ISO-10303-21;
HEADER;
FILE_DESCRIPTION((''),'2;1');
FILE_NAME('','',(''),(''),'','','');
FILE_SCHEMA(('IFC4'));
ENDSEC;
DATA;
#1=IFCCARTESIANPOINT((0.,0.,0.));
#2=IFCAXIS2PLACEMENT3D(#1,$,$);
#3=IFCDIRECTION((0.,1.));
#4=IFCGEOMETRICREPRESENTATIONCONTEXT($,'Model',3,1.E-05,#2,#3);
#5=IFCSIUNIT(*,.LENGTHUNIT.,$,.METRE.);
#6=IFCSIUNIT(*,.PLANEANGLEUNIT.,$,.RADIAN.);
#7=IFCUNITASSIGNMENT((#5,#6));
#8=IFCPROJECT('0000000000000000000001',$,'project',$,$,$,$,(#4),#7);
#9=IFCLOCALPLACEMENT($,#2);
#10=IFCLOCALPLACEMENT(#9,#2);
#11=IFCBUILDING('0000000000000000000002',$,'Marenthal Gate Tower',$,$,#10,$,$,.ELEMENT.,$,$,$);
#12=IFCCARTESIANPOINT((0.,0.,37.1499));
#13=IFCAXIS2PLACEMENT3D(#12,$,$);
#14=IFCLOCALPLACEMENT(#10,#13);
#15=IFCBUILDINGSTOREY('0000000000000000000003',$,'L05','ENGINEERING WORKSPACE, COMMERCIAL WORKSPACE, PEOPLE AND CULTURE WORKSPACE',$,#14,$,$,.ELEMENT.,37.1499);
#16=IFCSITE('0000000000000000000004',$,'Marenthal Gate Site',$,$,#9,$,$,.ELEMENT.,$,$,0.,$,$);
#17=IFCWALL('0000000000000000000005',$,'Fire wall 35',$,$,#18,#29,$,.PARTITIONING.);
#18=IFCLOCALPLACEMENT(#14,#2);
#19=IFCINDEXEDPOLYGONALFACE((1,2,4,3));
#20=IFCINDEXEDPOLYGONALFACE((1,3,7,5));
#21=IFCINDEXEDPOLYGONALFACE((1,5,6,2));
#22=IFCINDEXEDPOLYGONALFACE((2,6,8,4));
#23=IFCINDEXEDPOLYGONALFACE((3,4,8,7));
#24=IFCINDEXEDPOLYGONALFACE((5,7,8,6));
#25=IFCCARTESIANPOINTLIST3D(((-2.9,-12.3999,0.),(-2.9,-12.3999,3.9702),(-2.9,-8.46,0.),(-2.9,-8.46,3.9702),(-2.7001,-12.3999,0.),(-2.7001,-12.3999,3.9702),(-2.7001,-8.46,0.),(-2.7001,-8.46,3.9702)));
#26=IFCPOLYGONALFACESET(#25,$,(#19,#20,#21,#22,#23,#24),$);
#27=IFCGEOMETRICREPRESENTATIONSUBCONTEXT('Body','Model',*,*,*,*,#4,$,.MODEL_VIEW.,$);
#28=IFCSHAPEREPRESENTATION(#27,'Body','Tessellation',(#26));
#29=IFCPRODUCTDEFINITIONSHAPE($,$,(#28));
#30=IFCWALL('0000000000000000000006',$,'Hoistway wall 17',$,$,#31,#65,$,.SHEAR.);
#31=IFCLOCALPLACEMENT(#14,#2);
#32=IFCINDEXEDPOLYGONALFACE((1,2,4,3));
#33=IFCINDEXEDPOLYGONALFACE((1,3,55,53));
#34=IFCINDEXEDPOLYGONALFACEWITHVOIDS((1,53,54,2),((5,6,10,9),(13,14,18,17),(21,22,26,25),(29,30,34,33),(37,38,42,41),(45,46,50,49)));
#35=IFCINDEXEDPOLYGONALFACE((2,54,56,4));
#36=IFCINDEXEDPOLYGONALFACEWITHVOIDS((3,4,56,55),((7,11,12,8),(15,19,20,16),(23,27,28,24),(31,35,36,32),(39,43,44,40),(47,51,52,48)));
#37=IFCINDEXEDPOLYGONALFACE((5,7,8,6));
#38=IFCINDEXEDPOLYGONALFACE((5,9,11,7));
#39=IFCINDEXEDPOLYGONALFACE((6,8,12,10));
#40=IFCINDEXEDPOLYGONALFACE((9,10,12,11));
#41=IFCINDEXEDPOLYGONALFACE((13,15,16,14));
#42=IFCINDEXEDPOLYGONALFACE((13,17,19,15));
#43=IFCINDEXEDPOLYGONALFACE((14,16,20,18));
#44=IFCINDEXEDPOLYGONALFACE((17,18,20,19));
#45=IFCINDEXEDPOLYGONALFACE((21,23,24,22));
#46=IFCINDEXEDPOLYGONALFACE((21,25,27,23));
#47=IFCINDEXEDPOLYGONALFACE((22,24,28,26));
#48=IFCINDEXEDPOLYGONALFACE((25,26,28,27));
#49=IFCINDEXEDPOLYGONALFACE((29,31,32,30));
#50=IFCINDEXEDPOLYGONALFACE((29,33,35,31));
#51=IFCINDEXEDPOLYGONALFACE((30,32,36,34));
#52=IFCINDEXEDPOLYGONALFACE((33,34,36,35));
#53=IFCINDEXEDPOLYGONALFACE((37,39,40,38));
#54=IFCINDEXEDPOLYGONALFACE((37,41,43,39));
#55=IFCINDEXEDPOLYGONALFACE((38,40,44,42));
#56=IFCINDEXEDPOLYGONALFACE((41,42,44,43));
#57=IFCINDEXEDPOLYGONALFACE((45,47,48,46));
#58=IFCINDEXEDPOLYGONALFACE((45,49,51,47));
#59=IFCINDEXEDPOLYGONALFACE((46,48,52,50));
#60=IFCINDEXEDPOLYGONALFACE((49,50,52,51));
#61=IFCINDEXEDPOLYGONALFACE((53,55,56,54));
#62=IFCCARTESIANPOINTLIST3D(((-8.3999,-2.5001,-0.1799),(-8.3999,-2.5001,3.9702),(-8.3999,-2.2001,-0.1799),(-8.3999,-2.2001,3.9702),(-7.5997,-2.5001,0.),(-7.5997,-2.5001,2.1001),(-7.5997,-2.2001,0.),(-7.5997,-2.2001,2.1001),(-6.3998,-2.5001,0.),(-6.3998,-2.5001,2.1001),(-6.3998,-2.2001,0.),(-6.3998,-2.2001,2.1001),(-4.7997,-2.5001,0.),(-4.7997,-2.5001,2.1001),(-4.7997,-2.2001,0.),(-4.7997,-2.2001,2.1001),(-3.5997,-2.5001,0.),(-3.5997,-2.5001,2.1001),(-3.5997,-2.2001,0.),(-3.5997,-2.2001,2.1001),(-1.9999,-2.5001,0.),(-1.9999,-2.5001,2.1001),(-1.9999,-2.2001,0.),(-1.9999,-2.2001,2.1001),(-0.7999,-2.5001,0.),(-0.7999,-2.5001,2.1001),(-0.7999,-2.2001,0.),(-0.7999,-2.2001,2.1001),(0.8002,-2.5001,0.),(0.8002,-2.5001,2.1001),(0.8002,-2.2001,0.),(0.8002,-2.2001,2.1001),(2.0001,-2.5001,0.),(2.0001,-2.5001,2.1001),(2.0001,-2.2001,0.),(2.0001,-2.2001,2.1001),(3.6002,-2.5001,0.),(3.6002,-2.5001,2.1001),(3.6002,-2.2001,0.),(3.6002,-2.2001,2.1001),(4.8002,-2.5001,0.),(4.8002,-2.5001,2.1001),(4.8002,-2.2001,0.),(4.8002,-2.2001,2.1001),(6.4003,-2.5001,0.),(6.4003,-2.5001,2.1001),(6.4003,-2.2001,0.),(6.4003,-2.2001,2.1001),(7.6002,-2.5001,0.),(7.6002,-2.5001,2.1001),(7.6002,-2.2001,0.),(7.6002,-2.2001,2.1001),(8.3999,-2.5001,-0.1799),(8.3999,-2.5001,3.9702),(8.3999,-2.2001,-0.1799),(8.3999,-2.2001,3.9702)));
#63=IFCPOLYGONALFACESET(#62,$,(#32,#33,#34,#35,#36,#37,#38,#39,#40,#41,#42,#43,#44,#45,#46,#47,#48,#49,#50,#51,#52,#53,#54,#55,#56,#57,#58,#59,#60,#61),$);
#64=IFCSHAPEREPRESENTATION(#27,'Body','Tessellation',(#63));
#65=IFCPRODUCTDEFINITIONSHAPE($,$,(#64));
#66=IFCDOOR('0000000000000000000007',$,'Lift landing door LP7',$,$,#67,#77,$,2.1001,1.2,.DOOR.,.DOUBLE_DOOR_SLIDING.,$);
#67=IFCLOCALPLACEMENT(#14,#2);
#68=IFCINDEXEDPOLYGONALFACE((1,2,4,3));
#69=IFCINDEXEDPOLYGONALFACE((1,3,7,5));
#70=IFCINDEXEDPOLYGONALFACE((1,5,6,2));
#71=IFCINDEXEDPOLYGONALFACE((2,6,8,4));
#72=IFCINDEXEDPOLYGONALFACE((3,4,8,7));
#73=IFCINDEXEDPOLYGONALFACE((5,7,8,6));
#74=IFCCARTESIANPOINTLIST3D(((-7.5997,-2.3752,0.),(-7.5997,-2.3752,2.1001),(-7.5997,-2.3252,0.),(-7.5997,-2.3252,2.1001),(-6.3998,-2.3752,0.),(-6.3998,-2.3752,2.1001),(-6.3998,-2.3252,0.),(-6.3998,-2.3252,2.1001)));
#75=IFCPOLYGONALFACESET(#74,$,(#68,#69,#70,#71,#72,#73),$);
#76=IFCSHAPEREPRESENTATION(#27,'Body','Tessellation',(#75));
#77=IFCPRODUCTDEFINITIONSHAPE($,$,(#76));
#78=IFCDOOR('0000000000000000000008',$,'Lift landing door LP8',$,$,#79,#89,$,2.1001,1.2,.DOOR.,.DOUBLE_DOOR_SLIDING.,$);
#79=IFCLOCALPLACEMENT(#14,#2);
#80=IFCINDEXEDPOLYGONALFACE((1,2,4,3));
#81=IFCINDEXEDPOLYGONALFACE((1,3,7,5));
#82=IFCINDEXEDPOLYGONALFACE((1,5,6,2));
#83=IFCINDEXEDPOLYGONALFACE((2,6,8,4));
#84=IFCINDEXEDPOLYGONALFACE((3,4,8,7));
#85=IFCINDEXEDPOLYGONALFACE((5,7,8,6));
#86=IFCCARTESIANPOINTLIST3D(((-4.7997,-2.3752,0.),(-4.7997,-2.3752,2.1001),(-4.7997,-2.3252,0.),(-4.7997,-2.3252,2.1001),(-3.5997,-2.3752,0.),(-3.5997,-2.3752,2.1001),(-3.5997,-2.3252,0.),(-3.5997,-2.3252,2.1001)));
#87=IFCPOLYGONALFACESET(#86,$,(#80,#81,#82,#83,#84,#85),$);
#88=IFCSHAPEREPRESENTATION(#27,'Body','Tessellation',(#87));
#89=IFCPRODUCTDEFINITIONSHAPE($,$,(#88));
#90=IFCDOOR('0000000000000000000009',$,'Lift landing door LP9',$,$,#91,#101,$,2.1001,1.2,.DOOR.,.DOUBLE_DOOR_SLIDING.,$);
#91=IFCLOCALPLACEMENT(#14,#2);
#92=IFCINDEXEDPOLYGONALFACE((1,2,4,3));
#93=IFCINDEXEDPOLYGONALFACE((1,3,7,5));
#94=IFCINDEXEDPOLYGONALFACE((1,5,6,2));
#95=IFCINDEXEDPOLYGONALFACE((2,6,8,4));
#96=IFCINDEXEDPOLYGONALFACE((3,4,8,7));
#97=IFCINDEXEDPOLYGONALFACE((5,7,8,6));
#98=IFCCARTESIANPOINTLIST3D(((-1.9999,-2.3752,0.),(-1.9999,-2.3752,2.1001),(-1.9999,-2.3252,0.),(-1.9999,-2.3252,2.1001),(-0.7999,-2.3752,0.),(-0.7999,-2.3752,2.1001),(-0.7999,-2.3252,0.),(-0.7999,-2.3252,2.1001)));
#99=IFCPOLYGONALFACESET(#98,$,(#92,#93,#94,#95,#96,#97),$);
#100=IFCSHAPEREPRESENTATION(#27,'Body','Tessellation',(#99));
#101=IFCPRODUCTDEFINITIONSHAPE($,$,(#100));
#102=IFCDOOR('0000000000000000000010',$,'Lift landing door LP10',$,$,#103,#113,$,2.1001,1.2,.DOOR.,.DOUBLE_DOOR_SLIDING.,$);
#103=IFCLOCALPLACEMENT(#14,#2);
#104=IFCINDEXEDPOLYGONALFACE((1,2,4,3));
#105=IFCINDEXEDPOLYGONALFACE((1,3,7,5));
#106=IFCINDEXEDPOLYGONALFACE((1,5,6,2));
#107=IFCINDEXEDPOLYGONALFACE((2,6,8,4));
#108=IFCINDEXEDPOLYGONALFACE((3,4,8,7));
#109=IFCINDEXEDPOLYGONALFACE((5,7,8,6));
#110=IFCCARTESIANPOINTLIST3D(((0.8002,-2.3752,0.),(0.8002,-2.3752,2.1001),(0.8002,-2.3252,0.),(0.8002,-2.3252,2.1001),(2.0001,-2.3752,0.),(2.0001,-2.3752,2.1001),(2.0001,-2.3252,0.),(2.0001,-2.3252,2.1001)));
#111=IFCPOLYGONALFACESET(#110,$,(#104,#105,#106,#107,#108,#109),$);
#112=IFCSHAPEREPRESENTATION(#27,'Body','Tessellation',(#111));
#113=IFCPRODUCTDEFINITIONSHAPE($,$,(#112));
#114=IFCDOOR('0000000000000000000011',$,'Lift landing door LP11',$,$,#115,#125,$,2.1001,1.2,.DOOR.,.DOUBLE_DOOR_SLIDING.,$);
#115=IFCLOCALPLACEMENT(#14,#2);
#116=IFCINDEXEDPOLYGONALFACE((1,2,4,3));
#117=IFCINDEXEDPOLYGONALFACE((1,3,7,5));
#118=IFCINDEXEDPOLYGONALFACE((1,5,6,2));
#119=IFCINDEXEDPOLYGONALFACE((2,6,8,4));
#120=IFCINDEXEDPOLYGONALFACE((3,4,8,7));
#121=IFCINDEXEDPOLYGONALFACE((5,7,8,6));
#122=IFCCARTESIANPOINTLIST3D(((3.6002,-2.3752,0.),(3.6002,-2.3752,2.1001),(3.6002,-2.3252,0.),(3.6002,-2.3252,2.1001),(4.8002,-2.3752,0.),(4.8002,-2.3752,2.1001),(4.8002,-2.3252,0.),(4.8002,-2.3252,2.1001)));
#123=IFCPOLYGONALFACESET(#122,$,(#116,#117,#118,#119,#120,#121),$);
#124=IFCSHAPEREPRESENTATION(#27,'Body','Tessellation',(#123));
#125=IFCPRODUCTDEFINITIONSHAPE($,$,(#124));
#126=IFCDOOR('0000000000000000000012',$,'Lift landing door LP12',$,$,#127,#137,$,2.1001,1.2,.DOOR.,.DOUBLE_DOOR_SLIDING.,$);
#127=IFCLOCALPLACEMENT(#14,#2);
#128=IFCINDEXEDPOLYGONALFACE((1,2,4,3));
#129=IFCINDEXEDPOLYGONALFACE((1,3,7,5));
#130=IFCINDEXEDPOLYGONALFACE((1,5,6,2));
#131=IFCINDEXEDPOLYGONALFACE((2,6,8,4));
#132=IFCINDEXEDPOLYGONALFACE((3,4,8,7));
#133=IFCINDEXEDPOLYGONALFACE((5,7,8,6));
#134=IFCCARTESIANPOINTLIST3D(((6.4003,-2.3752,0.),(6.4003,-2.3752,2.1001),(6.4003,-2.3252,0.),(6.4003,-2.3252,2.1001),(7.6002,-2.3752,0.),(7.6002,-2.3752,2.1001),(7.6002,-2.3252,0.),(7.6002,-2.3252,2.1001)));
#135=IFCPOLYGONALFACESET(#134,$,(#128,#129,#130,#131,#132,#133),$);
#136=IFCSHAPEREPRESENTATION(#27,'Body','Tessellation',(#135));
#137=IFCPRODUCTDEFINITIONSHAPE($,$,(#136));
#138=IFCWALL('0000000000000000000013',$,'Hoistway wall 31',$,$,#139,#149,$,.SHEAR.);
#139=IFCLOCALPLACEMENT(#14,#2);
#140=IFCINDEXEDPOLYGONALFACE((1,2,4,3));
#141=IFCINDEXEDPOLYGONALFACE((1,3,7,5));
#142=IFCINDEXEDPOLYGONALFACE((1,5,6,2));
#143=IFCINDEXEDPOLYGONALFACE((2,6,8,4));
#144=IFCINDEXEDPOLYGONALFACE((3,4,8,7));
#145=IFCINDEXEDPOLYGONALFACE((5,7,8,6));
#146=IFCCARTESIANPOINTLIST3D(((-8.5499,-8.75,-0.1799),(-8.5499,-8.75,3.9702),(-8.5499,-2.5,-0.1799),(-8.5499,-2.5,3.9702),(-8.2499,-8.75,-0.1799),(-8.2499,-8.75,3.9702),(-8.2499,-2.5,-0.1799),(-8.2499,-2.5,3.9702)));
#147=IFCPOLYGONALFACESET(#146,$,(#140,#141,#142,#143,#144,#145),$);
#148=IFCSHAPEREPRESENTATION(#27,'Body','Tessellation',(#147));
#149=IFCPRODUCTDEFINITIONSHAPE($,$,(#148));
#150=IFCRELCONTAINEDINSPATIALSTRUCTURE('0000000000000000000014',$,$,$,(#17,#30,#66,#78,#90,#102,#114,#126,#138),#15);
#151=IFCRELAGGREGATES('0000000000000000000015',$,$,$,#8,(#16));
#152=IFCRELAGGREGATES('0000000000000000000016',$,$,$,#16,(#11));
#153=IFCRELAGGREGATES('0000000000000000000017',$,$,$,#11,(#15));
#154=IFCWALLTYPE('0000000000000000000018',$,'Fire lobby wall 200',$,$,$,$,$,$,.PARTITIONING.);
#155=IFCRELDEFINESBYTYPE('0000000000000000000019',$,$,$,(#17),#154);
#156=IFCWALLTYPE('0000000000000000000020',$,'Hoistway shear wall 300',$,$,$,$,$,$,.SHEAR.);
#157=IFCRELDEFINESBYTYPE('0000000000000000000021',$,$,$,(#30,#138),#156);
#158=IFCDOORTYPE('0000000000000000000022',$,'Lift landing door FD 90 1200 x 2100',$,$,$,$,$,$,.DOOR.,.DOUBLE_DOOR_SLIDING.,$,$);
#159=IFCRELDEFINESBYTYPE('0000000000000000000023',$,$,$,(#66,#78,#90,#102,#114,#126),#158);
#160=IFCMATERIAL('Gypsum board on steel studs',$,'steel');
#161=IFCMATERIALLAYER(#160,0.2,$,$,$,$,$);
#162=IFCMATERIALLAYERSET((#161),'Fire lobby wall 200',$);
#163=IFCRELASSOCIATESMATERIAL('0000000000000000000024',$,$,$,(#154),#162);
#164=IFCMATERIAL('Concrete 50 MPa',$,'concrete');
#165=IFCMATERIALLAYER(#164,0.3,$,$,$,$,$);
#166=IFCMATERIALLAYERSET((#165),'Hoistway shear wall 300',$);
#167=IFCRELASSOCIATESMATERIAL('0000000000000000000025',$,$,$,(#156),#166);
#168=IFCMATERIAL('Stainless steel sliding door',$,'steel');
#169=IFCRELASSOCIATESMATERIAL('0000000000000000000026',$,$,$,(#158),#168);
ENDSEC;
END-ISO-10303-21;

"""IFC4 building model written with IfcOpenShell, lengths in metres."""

from ifc_helpers import new_model, si_unit, direction, frame, frame_2d, origin, place, context, subcontext, project, spatial, rectangle, extrude, material, layer, layer_set, type_object, element, fill, save


model = new_model("IFC4")

# Units and contexts
model_context = context("Model", 3, precision=1e-05, world=origin(), true_north=direction((0.0, 1.0)))
body_context = subcontext(model_context, "Body", "Model", "MODEL_VIEW")
ifc_project = project(units=[si_unit("LENGTHUNIT", "METRE"), si_unit("PLANEANGLEUNIT", "RADIAN")], contexts=[model_context])

# Site, building, storey
site_placement = place(None, origin())
site = spatial("IfcSite", under=ifc_project, at=site_placement, Name="Marenthal Gate Site", CompositionType="ELEMENT", RefElevation=0.0)
building_placement = place(site_placement, origin())
building = spatial("IfcBuilding", under=site, at=building_placement, Name="Marenthal Gate Tower", CompositionType="ELEMENT")
storey_placement = place(building_placement, frame((0.0, 0.0, 37.1499)))
storey = spatial("IfcBuildingStorey", under=building, at=storey_placement, Name="L05", Description="ENGINEERING WORKSPACE, COMMERCIAL WORKSPACE, PEOPLE AND CULTURE WORKSPACE", CompositionType="ELEMENT", Elevation=37.1499)

# Wall
ifc_material_1 = material(Name="Gypsum board on steel studs", Category="steel")
ifc_layer_1 = layer(ifc_material_1, 0.2)
ifc_layer_set_1 = layer_set([ifc_layer_1], Name="Fire lobby wall 200")
wall_type_1 = type_object("IfcWallType", Name="Fire lobby wall 200", PredefinedType="PARTITIONING", material=ifc_layer_set_1)
wall_1_placement = place(storey_placement, frame((-2.8, -12.3999, 0.0), z_axis=(0.0, 0.0, 1.0), x_axis=(0.0, 1.0, 0.0)))
element("IfcWall", 1, at=wall_1_placement, inside=storey, type_object=wall_type_1, Name="Fire wall 35", PredefinedType="PARTITIONING", context=body_context, shape_type="SweptSolid", body=[
    extrude(rectangle(XDim=3.9399, YDim=0.2, at=frame_2d((1.97, 0.0))), origin(), (0.0, 0.0, 1.0), 3.9702),
])

# Wall, openings, doors
ifc_material_2 = material(Name="Concrete 50 MPa", Category="concrete")
ifc_layer_2 = layer(ifc_material_2, 0.3)
ifc_layer_set_2 = layer_set([ifc_layer_2], Name="Hoistway shear wall 300")
wall_type_2 = type_object("IfcWallType", Name="Hoistway shear wall 300", PredefinedType="SHEAR", material=ifc_layer_set_2)
wall_2_placement = place(storey_placement, frame((-8.3999, -2.3501, -0.1799), z_axis=(0.0, 0.0, 1.0), x_axis=(1.0, 0.0, 0.0)))
wall_2 = element("IfcWall", 2, at=wall_2_placement, inside=storey, type_object=wall_type_2, Name="Hoistway wall 17", PredefinedType="SHEAR", context=body_context, shape_type="SweptSolid", body=[
    extrude(rectangle(XDim=16.7998, YDim=0.3, at=frame_2d((8.3999, 0.0))), origin(), (0.0, 0.0, 1.0), 4.1501),
])
opening_1_placement = place(wall_2_placement, frame((0.8, 0.0, 0.1799)))
opening_1 = element("IfcOpeningElement", 3, at=opening_1_placement, cuts=wall_2, PredefinedType="OPENING", context=body_context, shape_type="SweptSolid", body=[
    extrude(rectangle(XDim=1.2, YDim=2.1001, at=frame_2d((0.6001, 1.05))), frame((0.0, 0.1602, 0.0), z_axis=(0.0, -1.0, 0.0), x_axis=(1.0, 0.0, 0.0)), (0.0, 0.0, 1.0), 0.3201),
])
opening_2_placement = place(wall_2_placement, frame((3.6001, 0.0, 0.1799)))
opening_2 = element("IfcOpeningElement", 4, at=opening_2_placement, cuts=wall_2, PredefinedType="OPENING", context=body_context, shape_type="SweptSolid", body=[
    extrude(rectangle(XDim=1.2, YDim=2.1001, at=frame_2d((0.6001, 1.05))), frame((0.0, 0.1602, 0.0), z_axis=(0.0, -1.0, 0.0), x_axis=(1.0, 0.0, 0.0)), (0.0, 0.0, 1.0), 0.3201),
])
opening_3_placement = place(wall_2_placement, frame((6.3999, 0.0, 0.1799)))
opening_3 = element("IfcOpeningElement", 5, at=opening_3_placement, cuts=wall_2, PredefinedType="OPENING", context=body_context, shape_type="SweptSolid", body=[
    extrude(rectangle(XDim=1.2, YDim=2.1001, at=frame_2d((0.6001, 1.05))), frame((0.0, 0.1602, 0.0), z_axis=(0.0, -1.0, 0.0), x_axis=(1.0, 0.0, 0.0)), (0.0, 0.0, 1.0), 0.3201),
])
opening_4_placement = place(wall_2_placement, frame((9.2, 0.0, 0.1799)))
opening_4 = element("IfcOpeningElement", 6, at=opening_4_placement, cuts=wall_2, PredefinedType="OPENING", context=body_context, shape_type="SweptSolid", body=[
    extrude(rectangle(XDim=1.2, YDim=2.1001, at=frame_2d((0.6001, 1.05))), frame((0.0, 0.1602, 0.0), z_axis=(0.0, -1.0, 0.0), x_axis=(1.0, 0.0, 0.0)), (0.0, 0.0, 1.0), 0.3201),
])
opening_5_placement = place(wall_2_placement, frame((12.0, 0.0, 0.1799)))
opening_5 = element("IfcOpeningElement", 7, at=opening_5_placement, cuts=wall_2, PredefinedType="OPENING", context=body_context, shape_type="SweptSolid", body=[
    extrude(rectangle(XDim=1.2, YDim=2.1001, at=frame_2d((0.6001, 1.05))), frame((0.0, 0.1602, 0.0), z_axis=(0.0, -1.0, 0.0), x_axis=(1.0, 0.0, 0.0)), (0.0, 0.0, 1.0), 0.3201),
])
opening_6_placement = place(wall_2_placement, frame((14.8, 0.0, 0.1799)))
opening_6 = element("IfcOpeningElement", 8, at=opening_6_placement, cuts=wall_2, PredefinedType="OPENING", context=body_context, shape_type="SweptSolid", body=[
    extrude(rectangle(XDim=1.2, YDim=2.1001, at=frame_2d((0.6001, 1.05))), frame((0.0, 0.1602, 0.0), z_axis=(0.0, -1.0, 0.0), x_axis=(1.0, 0.0, 0.0)), (0.0, 0.0, 1.0), 0.3201),
])
ifc_material_3 = material(Name="Stainless steel sliding door", Category="steel")
door_type_1 = type_object("IfcDoorType", Name="Lift landing door FD 90 1200 x 2100", OperationType="DOUBLE_DOOR_SLIDING", PredefinedType="DOOR", material=ifc_material_3)
door_1_placement = place(opening_1_placement, origin())
door_1 = element("IfcDoor", 9, at=door_1_placement, inside=storey, type_object=door_type_1, Name="Lift landing door LP7", OperationType="DOUBLE_DOOR_SLIDING", OverallHeight=2.1001, OverallWidth=1.2, PredefinedType="DOOR", context=body_context, shape_type="SweptSolid", body=[
    extrude(rectangle(XDim=1.2, YDim=2.1001, at=frame_2d((0.6001, 1.05))), frame((0.0, 0.0249, 0.0), z_axis=(0.0, -1.0, 0.0), x_axis=(1.0, 0.0, 0.0)), (0.0, 0.0, 1.0), 0.05),
])
fill(opening_1, door_1)
door_2_placement = place(opening_2_placement, origin())
door_2 = element("IfcDoor", 10, at=door_2_placement, inside=storey, type_object=door_type_1, Name="Lift landing door LP8", OperationType="DOUBLE_DOOR_SLIDING", OverallHeight=2.1001, OverallWidth=1.2, PredefinedType="DOOR", context=body_context, shape_type="SweptSolid", body=[
    extrude(rectangle(XDim=1.2, YDim=2.1001, at=frame_2d((0.6001, 1.05))), frame((0.0, 0.0249, 0.0), z_axis=(0.0, -1.0, 0.0), x_axis=(1.0, 0.0, 0.0)), (0.0, 0.0, 1.0), 0.05),
])
fill(opening_2, door_2)
door_3_placement = place(opening_3_placement, origin())
door_3 = element("IfcDoor", 11, at=door_3_placement, inside=storey, type_object=door_type_1, Name="Lift landing door LP9", OperationType="DOUBLE_DOOR_SLIDING", OverallHeight=2.1001, OverallWidth=1.2, PredefinedType="DOOR", context=body_context, shape_type="SweptSolid", body=[
    extrude(rectangle(XDim=1.2, YDim=2.1001, at=frame_2d((0.6001, 1.05))), frame((0.0, 0.0249, 0.0), z_axis=(0.0, -1.0, 0.0), x_axis=(1.0, 0.0, 0.0)), (0.0, 0.0, 1.0), 0.05),
])
fill(opening_3, door_3)
door_4_placement = place(opening_4_placement, origin())
door_4 = element("IfcDoor", 12, at=door_4_placement, inside=storey, type_object=door_type_1, Name="Lift landing door LP10", OperationType="DOUBLE_DOOR_SLIDING", OverallHeight=2.1001, OverallWidth=1.2, PredefinedType="DOOR", context=body_context, shape_type="SweptSolid", body=[
    extrude(rectangle(XDim=1.2, YDim=2.1001, at=frame_2d((0.6001, 1.05))), frame((0.0, 0.0249, 0.0), z_axis=(0.0, -1.0, 0.0), x_axis=(1.0, 0.0, 0.0)), (0.0, 0.0, 1.0), 0.05),
])
fill(opening_4, door_4)
door_5_placement = place(opening_5_placement, origin())
door_5 = element("IfcDoor", 13, at=door_5_placement, inside=storey, type_object=door_type_1, Name="Lift landing door LP11", OperationType="DOUBLE_DOOR_SLIDING", OverallHeight=2.1001, OverallWidth=1.2, PredefinedType="DOOR", context=body_context, shape_type="SweptSolid", body=[
    extrude(rectangle(XDim=1.2, YDim=2.1001, at=frame_2d((0.6001, 1.05))), frame((0.0, 0.0249, 0.0), z_axis=(0.0, -1.0, 0.0), x_axis=(1.0, 0.0, 0.0)), (0.0, 0.0, 1.0), 0.05),
])
fill(opening_5, door_5)
door_6_placement = place(opening_6_placement, origin())
door_6 = element("IfcDoor", 14, at=door_6_placement, inside=storey, type_object=door_type_1, Name="Lift landing door LP12", OperationType="DOUBLE_DOOR_SLIDING", OverallHeight=2.1001, OverallWidth=1.2, PredefinedType="DOOR", context=body_context, shape_type="SweptSolid", body=[
    extrude(rectangle(XDim=1.2, YDim=2.1001, at=frame_2d((0.6001, 1.05))), frame((0.0, 0.0249, 0.0), z_axis=(0.0, -1.0, 0.0), x_axis=(1.0, 0.0, 0.0)), (0.0, 0.0, 1.0), 0.05),
])
fill(opening_6, door_6)

# Wall
wall_3_placement = place(storey_placement, frame((-8.3999, -8.75, -0.1799), z_axis=(0.0, 0.0, 1.0), x_axis=(0.0, 1.0, 0.0)))
element("IfcWall", 15, at=wall_3_placement, inside=storey, type_object=wall_type_2, Name="Hoistway wall 31", PredefinedType="SHEAR", context=body_context, shape_type="SweptSolid", body=[
    extrude(rectangle(XDim=6.25, YDim=0.3, at=frame_2d((3.125, 0.0))), origin(), (0.0, 0.0, 1.0), 4.1501),
])

save(model, "model.ifc")
